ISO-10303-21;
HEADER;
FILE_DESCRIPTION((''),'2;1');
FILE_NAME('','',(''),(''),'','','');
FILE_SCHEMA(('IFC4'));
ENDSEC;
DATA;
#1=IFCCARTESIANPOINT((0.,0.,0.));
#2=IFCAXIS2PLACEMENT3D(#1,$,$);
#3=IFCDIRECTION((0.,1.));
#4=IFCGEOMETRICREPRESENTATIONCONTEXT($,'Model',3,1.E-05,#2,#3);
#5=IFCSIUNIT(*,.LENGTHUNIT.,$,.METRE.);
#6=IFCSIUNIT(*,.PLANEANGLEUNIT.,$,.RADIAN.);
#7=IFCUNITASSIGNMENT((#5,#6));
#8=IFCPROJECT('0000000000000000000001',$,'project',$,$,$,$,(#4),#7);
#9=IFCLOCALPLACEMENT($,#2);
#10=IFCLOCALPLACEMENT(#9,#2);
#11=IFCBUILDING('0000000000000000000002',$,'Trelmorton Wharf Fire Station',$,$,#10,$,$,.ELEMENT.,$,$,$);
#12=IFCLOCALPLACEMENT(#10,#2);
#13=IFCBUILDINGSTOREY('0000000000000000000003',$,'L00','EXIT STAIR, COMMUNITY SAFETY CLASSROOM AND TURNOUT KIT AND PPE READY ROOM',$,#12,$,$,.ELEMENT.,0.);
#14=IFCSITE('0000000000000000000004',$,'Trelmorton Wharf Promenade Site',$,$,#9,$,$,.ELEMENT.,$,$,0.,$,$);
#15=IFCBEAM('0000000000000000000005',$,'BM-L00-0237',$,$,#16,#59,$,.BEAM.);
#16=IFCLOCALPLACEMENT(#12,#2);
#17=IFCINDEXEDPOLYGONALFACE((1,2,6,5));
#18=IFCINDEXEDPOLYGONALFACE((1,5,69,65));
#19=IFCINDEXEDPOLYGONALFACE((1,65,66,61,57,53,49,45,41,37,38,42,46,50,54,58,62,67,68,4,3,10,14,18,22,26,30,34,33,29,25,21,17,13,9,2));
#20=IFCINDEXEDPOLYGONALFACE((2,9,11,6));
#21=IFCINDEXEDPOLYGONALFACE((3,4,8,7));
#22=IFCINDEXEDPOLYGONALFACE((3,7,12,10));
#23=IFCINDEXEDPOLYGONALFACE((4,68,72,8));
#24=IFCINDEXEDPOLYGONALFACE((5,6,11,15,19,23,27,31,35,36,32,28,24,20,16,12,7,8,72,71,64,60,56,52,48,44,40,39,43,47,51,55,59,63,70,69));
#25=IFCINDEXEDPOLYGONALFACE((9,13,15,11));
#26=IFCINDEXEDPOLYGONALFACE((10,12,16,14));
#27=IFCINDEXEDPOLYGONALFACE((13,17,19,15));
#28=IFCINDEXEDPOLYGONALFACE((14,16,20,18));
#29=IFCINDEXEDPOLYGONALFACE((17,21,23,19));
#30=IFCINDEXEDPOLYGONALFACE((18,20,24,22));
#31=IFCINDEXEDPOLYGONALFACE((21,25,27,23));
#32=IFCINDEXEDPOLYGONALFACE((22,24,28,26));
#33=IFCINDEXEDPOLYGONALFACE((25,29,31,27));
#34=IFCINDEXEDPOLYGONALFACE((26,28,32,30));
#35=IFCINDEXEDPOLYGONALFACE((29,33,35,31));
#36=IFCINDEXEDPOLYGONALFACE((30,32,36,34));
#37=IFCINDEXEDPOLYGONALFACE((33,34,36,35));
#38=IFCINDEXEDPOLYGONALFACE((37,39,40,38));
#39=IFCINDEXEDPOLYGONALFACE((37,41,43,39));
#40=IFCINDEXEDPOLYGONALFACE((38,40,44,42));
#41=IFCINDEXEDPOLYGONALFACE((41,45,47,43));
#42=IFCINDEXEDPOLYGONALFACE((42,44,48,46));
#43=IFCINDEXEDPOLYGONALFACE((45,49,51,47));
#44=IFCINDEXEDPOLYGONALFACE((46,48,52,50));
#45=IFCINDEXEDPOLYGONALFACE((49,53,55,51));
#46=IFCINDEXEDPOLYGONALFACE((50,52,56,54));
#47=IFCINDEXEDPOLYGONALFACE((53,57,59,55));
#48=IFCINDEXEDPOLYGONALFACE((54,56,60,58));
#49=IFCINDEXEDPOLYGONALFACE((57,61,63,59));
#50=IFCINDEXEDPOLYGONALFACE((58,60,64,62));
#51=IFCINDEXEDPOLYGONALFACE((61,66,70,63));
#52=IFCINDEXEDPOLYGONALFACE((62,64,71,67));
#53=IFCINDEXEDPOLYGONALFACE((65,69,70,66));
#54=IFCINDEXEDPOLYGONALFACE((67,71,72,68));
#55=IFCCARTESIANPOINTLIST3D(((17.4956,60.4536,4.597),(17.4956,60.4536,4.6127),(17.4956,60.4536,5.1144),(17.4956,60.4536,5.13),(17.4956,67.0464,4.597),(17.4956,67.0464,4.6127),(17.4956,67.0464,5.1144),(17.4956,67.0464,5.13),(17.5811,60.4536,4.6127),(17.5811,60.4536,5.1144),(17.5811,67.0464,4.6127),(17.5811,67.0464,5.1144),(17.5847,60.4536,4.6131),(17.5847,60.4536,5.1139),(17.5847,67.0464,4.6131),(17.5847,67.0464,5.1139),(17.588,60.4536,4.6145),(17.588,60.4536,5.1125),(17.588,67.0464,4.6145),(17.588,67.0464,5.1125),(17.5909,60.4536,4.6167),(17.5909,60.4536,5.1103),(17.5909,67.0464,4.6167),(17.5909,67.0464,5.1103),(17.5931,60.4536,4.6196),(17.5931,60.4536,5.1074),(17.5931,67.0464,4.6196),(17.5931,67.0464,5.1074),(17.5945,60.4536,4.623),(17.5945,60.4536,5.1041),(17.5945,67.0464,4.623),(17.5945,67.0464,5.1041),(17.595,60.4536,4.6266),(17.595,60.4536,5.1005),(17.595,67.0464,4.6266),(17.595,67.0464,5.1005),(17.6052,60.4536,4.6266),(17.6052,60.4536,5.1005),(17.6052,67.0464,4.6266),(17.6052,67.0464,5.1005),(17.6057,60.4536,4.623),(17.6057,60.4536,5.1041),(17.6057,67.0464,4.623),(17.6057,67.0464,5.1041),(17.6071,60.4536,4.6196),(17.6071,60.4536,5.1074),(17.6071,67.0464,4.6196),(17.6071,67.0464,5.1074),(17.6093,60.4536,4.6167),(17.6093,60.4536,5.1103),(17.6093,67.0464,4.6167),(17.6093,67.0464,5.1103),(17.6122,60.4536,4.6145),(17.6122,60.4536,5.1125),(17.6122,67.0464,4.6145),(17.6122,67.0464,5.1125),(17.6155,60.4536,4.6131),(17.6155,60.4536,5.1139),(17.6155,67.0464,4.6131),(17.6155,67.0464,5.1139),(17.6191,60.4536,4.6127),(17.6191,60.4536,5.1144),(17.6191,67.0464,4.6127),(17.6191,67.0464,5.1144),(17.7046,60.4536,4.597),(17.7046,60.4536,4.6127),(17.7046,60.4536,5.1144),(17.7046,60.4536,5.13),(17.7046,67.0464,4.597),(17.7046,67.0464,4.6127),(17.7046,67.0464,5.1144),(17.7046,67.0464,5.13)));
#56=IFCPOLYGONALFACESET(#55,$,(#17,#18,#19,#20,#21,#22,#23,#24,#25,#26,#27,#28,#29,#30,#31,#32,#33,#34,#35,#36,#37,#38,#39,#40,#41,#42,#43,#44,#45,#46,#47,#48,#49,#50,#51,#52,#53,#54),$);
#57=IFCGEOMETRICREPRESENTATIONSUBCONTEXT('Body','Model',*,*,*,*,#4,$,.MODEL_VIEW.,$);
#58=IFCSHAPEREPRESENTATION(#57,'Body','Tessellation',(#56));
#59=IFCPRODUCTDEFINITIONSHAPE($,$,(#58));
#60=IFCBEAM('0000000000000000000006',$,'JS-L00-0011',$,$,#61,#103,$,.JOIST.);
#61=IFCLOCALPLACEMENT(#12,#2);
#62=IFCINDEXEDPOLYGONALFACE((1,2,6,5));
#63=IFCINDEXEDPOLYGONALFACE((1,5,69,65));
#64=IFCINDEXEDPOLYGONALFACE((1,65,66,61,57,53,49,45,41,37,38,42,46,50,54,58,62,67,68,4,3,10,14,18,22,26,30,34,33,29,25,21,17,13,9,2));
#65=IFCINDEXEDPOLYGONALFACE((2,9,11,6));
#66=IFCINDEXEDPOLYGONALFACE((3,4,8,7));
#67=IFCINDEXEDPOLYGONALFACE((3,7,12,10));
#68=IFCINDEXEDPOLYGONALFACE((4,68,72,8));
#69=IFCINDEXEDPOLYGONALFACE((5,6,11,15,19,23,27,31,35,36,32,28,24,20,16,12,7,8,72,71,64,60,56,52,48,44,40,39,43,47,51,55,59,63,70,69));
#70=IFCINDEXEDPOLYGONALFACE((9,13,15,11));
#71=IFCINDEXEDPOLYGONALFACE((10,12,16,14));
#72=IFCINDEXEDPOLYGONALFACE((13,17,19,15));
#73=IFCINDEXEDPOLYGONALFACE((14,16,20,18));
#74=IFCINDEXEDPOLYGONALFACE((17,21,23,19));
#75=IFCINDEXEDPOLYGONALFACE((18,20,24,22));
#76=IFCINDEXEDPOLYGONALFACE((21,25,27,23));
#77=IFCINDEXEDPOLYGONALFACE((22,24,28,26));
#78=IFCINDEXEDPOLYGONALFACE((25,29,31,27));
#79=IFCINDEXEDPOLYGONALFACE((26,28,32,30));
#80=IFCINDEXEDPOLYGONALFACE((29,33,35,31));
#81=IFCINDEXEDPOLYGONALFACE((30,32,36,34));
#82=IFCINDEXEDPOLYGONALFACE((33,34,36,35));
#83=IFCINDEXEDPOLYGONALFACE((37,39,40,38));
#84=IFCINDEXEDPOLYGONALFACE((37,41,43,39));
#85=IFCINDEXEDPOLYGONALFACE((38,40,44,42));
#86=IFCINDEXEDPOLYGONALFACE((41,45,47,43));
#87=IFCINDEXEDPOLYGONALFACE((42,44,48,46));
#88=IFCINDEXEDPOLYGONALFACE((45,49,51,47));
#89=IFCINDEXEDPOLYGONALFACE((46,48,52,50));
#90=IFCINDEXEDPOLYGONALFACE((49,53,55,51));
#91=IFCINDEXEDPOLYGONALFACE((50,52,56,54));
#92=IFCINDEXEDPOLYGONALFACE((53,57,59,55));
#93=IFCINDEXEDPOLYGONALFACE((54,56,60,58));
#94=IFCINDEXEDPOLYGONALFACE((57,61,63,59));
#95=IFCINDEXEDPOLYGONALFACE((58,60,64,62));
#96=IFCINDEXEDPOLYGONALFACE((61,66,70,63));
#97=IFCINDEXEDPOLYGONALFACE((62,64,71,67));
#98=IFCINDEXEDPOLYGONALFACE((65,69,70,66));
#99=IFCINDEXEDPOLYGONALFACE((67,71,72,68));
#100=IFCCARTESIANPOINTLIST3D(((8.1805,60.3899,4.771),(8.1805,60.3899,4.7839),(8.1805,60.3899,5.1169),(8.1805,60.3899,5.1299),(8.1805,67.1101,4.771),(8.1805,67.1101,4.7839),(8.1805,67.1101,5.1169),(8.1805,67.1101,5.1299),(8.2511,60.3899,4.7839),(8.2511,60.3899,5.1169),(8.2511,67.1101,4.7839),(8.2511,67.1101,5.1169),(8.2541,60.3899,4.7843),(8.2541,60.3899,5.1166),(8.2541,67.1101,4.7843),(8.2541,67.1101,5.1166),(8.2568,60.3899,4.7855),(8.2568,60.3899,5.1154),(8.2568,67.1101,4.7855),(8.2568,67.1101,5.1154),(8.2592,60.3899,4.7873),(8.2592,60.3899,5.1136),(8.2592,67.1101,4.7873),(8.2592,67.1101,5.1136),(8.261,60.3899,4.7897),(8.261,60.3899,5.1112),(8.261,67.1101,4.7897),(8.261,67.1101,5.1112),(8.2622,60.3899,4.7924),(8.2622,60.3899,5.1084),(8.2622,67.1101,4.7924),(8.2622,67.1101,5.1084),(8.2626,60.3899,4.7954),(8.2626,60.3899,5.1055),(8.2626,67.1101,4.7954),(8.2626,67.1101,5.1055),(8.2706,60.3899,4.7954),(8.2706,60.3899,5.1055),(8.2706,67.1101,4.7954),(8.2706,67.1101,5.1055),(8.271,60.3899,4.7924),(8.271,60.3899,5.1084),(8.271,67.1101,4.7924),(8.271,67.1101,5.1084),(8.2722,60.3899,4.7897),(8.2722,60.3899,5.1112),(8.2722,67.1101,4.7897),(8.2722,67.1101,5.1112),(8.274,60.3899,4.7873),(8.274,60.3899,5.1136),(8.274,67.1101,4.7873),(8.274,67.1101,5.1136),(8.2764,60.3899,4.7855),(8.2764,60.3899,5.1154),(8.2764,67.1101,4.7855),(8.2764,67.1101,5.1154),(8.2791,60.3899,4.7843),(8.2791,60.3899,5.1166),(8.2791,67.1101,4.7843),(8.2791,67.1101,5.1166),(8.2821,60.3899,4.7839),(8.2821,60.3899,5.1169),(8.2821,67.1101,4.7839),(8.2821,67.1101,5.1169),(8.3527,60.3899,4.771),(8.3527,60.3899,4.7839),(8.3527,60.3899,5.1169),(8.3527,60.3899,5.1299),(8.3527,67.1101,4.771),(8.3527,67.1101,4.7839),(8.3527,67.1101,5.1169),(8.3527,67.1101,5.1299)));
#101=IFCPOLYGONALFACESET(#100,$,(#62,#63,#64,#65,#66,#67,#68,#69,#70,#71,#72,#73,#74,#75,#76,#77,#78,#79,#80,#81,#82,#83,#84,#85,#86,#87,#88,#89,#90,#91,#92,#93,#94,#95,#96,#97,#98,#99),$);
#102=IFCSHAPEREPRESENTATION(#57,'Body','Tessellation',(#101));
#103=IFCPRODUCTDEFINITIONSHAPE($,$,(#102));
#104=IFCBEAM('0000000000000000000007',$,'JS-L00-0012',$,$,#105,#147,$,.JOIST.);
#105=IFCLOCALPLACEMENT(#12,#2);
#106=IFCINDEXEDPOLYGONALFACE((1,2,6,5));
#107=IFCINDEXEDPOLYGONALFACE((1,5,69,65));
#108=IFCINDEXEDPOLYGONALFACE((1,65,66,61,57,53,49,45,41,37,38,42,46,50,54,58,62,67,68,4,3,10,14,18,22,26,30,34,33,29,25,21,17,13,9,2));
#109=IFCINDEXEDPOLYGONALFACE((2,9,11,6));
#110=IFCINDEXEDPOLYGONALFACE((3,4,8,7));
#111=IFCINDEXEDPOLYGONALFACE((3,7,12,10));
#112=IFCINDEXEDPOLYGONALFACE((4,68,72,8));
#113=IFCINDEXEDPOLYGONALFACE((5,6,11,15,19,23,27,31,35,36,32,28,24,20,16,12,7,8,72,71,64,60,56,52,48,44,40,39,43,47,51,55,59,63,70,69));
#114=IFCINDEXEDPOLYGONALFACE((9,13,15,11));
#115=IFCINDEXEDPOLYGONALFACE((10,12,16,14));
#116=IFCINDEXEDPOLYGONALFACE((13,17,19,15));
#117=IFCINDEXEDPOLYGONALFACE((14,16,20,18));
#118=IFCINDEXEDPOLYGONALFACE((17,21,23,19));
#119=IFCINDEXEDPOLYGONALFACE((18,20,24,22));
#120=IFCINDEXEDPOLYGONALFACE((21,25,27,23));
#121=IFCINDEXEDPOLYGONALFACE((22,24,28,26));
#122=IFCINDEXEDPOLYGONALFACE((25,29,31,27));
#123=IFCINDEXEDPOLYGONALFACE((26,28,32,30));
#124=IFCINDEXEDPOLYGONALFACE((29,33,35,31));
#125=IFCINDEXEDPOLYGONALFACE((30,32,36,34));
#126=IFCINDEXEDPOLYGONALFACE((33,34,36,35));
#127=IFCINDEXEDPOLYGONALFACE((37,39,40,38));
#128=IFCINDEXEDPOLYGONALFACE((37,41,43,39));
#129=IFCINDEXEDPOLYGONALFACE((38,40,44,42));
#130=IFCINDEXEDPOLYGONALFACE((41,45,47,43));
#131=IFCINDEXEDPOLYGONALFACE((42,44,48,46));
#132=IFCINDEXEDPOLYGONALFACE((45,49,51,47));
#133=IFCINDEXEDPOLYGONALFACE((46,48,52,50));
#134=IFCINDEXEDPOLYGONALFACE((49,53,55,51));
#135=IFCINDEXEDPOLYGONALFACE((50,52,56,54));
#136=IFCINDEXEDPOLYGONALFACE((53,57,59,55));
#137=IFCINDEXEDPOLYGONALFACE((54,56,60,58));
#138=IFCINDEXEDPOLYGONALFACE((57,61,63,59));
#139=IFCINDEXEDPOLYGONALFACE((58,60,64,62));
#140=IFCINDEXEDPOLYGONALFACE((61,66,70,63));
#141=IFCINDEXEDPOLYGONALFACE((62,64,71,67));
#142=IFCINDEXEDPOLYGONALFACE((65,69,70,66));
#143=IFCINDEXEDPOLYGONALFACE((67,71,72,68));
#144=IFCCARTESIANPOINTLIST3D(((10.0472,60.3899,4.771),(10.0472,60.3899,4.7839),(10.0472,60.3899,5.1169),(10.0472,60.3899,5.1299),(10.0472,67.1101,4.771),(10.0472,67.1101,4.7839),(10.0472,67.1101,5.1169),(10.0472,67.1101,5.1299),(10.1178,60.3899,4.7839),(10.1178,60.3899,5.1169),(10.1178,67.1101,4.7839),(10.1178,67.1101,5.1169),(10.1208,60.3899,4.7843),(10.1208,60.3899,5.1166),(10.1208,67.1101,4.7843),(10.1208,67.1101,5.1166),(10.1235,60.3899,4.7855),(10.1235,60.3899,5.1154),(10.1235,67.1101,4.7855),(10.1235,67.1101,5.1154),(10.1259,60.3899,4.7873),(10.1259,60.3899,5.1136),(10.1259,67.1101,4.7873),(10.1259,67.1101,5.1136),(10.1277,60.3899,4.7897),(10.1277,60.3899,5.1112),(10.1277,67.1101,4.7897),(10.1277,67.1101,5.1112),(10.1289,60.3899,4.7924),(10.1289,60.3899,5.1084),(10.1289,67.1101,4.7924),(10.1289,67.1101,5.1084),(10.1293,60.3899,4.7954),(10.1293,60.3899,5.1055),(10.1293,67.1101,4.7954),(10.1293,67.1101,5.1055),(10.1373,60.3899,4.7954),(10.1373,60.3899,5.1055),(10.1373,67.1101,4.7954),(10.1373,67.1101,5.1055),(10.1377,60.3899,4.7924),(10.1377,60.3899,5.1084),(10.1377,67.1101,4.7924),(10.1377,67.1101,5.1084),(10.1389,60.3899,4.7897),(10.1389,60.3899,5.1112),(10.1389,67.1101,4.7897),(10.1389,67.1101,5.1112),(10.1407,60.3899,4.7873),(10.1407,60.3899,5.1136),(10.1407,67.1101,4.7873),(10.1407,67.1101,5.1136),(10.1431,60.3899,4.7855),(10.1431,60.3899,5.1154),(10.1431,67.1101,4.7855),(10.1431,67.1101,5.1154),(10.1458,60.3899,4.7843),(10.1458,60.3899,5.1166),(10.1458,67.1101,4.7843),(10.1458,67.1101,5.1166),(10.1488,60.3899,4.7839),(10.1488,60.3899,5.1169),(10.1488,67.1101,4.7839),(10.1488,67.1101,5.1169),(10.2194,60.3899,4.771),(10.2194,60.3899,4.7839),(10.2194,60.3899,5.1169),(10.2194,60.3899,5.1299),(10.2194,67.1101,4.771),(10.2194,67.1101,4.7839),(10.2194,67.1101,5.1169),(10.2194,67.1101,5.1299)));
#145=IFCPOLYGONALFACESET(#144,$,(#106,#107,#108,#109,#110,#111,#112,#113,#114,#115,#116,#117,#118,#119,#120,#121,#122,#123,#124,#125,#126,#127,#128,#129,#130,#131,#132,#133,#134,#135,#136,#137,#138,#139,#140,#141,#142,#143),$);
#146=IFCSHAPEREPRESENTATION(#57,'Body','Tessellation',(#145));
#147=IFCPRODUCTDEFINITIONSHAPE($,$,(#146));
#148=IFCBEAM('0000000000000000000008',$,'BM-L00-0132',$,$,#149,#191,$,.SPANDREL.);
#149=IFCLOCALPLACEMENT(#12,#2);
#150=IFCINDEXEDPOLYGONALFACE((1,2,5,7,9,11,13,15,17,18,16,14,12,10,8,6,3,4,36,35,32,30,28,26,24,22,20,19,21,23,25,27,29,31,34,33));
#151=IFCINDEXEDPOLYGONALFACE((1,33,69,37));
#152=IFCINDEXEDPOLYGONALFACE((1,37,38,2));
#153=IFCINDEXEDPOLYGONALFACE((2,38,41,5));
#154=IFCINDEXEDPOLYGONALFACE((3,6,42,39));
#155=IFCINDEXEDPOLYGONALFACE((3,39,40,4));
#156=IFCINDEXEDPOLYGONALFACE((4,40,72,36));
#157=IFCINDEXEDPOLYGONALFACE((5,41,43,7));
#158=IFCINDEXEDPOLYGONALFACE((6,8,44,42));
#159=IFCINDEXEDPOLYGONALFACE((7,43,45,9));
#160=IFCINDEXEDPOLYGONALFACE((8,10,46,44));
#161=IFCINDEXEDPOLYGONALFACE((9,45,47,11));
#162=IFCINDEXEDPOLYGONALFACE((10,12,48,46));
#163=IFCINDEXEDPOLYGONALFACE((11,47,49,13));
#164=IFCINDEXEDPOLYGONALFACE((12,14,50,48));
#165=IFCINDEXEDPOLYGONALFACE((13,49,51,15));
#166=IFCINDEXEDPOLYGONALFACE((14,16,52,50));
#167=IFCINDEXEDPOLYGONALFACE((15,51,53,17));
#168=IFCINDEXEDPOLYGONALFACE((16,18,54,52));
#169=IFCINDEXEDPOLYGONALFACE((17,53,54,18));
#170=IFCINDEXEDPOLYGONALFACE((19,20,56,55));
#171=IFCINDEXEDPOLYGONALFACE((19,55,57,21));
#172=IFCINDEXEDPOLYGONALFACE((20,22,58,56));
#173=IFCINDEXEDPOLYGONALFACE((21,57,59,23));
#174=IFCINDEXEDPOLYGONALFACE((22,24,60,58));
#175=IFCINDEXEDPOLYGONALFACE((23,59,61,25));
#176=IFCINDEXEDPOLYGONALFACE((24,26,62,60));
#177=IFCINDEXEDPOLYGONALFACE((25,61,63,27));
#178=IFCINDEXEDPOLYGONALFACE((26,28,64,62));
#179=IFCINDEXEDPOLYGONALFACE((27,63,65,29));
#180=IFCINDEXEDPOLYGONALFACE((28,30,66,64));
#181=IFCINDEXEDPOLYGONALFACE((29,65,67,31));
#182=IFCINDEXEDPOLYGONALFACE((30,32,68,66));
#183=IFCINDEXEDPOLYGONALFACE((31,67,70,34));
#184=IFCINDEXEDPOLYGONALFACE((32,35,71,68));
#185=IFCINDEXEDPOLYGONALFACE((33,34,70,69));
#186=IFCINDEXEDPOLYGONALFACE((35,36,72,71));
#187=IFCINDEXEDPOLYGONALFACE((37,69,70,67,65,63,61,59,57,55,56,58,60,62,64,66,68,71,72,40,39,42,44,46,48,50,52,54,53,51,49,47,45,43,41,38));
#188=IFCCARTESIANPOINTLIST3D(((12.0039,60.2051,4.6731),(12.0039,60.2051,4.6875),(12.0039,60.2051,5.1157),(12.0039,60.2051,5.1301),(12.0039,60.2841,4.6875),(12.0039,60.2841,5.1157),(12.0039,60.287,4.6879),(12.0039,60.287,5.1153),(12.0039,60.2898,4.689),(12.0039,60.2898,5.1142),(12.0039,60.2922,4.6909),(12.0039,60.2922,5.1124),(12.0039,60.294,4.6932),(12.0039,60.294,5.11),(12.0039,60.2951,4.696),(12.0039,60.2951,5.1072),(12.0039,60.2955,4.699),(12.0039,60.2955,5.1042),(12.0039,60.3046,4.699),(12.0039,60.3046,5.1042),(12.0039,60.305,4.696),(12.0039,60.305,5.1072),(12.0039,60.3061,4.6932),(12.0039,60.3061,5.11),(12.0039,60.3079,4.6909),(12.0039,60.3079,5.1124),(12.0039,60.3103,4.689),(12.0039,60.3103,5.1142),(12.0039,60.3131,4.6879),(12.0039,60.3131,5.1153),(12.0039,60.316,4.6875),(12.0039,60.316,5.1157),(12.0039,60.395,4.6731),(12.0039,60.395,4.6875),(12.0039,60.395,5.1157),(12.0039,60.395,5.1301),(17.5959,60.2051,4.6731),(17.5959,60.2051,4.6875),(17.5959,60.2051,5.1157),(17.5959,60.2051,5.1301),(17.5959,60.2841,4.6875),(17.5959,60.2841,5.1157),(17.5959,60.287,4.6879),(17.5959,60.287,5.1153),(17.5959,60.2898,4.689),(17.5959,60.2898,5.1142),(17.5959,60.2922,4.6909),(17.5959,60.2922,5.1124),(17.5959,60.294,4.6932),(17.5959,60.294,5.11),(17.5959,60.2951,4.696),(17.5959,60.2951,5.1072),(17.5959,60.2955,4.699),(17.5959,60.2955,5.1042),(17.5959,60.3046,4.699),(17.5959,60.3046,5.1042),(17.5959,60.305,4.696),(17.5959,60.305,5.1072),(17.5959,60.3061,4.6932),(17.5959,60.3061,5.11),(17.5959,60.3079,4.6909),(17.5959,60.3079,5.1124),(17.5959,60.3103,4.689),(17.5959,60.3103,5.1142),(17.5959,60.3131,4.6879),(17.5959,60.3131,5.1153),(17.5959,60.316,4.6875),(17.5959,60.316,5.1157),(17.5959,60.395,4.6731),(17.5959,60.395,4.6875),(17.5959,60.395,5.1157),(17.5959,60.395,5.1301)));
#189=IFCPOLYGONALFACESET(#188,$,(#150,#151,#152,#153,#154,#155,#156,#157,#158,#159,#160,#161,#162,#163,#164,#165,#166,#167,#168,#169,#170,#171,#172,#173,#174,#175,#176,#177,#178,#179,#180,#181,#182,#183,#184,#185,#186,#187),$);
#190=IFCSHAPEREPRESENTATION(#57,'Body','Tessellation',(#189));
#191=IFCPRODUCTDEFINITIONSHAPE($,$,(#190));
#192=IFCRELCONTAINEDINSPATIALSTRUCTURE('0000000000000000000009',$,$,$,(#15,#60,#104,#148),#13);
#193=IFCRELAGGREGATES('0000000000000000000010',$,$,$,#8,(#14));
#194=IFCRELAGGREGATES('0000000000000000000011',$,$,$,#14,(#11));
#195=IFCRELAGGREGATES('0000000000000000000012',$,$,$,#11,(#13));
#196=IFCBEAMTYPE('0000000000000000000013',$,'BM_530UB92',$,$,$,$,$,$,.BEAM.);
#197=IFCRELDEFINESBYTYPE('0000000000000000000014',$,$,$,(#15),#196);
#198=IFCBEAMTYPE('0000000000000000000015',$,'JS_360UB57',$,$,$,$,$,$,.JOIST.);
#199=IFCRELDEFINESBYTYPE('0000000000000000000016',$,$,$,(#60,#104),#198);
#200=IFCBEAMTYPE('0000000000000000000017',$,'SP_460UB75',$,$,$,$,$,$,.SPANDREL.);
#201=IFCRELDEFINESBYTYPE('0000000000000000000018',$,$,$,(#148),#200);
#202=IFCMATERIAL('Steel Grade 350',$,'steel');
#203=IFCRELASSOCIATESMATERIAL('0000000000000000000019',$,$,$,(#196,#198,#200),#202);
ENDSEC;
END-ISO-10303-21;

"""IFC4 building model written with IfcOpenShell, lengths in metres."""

from ifc_helpers import new_model, si_unit, direction, frame, origin, origin_2d, place, context, subcontext, project, spatial, i_section, extrude, material, material_profile, profile_set, type_object, element, save


model = new_model("IFC4")

# Units and contexts
model_context = context("Model", 3, precision=1e-05, world=origin(), true_north=direction((0.0, 1.0)))
body_context = subcontext(model_context, "Body", "Model", "MODEL_VIEW")
ifc_project = project(units=[si_unit("LENGTHUNIT", "METRE"), si_unit("PLANEANGLEUNIT", "RADIAN")], contexts=[model_context])

# Site, building, storey
site_placement = place(None, origin())
site = spatial("IfcSite", under=ifc_project, at=site_placement, Name="Trelmorton Wharf Promenade Site", CompositionType="ELEMENT", RefElevation=0.0)
building_placement = place(site_placement, origin())
building = spatial("IfcBuilding", under=site, at=building_placement, Name="Trelmorton Wharf Fire Station", CompositionType="ELEMENT")
storey_placement = place(building_placement, origin())
storey = spatial("IfcBuildingStorey", under=building, at=storey_placement, Name="L00", Description="EXIT STAIR, COMMUNITY SAFETY CLASSROOM AND TURNOUT KIT AND PPE READY ROOM", CompositionType="ELEMENT", Elevation=0.0)

# Shared definitions
ifc_material_1 = material(Name="Steel Grade 350", Category="steel")

# Beams
ifc_material_profile_1 = material_profile(ifc_material_1, i_section(OverallWidth=0.209, OverallDepth=0.533, WebThickness=0.0103, FlangeThickness=0.0156, FilletRadius=0.0139, at=origin_2d()), Name="530UB92.4")
ifc_profile_set_1 = profile_set([ifc_material_profile_1], Name="Steel Grade 350")
beam_type_1 = type_object("IfcBeamType", Name="BM_530UB92", PredefinedType="BEAM", material=ifc_profile_set_1)
for number, where, z_axis, x_axis, name in (
    (1, (17.6001, 60.4536, 4.8635), (0.0, 1.0, 0.0), (-1.0, 0.0, 0.0), "BM-L00-0237"),
):
    element("IfcBeam", number, at=place(storey_placement, frame(where, z_axis=z_axis, x_axis=x_axis)), inside=storey, type_object=beam_type_1, Name=name, PredefinedType="BEAM", context=body_context, shape_type="SweptSolid", body=[
        extrude(i_section(OverallWidth=0.209, OverallDepth=0.533, WebThickness=0.0103, FlangeThickness=0.0156, FilletRadius=0.0139, at=origin_2d()), origin(), (0.0, 0.0, 1.0), 6.5928),
    ])
ifc_material_profile_2 = material_profile(ifc_material_1, i_section(OverallWidth=0.1721, OverallDepth=0.3589, WebThickness=0.0081, FlangeThickness=0.0129, FilletRadius=0.0115, at=origin_2d()), Name="360UB56.7")
ifc_profile_set_2 = profile_set([ifc_material_profile_2], Name="Steel Grade 350")
beam_type_2 = type_object("IfcBeamType", Name="JS_360UB57", PredefinedType="JOIST", material=ifc_profile_set_2)
for number, where, z_axis, x_axis, name in (
    (2, (8.2666, 60.3899, 4.9504), (0.0, 1.0, 0.0), (-1.0, 0.0, 0.0), "JS-L00-0011"),
    (3, (10.1333, 60.3899, 4.9504), (0.0, 1.0, 0.0), (-1.0, 0.0, 0.0), "JS-L00-0012"),
):
    element("IfcBeam", number, at=place(storey_placement, frame(where, z_axis=z_axis, x_axis=x_axis)), inside=storey, type_object=beam_type_2, Name=name, PredefinedType="JOIST", context=body_context, shape_type="SweptSolid", body=[
        extrude(i_section(OverallWidth=0.1721, OverallDepth=0.3589, WebThickness=0.0081, FlangeThickness=0.0129, FilletRadius=0.0115, at=origin_2d()), origin(), (0.0, 0.0, 1.0), 6.7202),
    ])
ifc_material_profile_3 = material_profile(ifc_material_1, i_section(OverallWidth=0.1899, OverallDepth=0.457, WebThickness=0.009, FlangeThickness=0.0144, FilletRadius=0.0115, at=origin_2d()), Name="460UB74.6")
ifc_profile_set_3 = profile_set([ifc_material_profile_3], Name="Steel Grade 350")
beam_type_3 = type_object("IfcBeamType", Name="SP_460UB75", PredefinedType="SPANDREL", material=ifc_profile_set_3)
beam_placement = place(storey_placement, frame((12.0039, 60.3, 4.9016), z_axis=(1.0, 0.0, 0.0), x_axis=(0.0, 1.0, 0.0)))
element("IfcBeam", 4, at=beam_placement, inside=storey, type_object=beam_type_3, Name="BM-L00-0132", PredefinedType="SPANDREL", context=body_context, shape_type="SweptSolid", body=[
    extrude(i_section(OverallWidth=0.1899, OverallDepth=0.457, WebThickness=0.009, FlangeThickness=0.0144, FilletRadius=0.0115, at=origin_2d()), origin(), (0.0, 0.0, 1.0), 5.592),
])

save(model, "model.ifc")
